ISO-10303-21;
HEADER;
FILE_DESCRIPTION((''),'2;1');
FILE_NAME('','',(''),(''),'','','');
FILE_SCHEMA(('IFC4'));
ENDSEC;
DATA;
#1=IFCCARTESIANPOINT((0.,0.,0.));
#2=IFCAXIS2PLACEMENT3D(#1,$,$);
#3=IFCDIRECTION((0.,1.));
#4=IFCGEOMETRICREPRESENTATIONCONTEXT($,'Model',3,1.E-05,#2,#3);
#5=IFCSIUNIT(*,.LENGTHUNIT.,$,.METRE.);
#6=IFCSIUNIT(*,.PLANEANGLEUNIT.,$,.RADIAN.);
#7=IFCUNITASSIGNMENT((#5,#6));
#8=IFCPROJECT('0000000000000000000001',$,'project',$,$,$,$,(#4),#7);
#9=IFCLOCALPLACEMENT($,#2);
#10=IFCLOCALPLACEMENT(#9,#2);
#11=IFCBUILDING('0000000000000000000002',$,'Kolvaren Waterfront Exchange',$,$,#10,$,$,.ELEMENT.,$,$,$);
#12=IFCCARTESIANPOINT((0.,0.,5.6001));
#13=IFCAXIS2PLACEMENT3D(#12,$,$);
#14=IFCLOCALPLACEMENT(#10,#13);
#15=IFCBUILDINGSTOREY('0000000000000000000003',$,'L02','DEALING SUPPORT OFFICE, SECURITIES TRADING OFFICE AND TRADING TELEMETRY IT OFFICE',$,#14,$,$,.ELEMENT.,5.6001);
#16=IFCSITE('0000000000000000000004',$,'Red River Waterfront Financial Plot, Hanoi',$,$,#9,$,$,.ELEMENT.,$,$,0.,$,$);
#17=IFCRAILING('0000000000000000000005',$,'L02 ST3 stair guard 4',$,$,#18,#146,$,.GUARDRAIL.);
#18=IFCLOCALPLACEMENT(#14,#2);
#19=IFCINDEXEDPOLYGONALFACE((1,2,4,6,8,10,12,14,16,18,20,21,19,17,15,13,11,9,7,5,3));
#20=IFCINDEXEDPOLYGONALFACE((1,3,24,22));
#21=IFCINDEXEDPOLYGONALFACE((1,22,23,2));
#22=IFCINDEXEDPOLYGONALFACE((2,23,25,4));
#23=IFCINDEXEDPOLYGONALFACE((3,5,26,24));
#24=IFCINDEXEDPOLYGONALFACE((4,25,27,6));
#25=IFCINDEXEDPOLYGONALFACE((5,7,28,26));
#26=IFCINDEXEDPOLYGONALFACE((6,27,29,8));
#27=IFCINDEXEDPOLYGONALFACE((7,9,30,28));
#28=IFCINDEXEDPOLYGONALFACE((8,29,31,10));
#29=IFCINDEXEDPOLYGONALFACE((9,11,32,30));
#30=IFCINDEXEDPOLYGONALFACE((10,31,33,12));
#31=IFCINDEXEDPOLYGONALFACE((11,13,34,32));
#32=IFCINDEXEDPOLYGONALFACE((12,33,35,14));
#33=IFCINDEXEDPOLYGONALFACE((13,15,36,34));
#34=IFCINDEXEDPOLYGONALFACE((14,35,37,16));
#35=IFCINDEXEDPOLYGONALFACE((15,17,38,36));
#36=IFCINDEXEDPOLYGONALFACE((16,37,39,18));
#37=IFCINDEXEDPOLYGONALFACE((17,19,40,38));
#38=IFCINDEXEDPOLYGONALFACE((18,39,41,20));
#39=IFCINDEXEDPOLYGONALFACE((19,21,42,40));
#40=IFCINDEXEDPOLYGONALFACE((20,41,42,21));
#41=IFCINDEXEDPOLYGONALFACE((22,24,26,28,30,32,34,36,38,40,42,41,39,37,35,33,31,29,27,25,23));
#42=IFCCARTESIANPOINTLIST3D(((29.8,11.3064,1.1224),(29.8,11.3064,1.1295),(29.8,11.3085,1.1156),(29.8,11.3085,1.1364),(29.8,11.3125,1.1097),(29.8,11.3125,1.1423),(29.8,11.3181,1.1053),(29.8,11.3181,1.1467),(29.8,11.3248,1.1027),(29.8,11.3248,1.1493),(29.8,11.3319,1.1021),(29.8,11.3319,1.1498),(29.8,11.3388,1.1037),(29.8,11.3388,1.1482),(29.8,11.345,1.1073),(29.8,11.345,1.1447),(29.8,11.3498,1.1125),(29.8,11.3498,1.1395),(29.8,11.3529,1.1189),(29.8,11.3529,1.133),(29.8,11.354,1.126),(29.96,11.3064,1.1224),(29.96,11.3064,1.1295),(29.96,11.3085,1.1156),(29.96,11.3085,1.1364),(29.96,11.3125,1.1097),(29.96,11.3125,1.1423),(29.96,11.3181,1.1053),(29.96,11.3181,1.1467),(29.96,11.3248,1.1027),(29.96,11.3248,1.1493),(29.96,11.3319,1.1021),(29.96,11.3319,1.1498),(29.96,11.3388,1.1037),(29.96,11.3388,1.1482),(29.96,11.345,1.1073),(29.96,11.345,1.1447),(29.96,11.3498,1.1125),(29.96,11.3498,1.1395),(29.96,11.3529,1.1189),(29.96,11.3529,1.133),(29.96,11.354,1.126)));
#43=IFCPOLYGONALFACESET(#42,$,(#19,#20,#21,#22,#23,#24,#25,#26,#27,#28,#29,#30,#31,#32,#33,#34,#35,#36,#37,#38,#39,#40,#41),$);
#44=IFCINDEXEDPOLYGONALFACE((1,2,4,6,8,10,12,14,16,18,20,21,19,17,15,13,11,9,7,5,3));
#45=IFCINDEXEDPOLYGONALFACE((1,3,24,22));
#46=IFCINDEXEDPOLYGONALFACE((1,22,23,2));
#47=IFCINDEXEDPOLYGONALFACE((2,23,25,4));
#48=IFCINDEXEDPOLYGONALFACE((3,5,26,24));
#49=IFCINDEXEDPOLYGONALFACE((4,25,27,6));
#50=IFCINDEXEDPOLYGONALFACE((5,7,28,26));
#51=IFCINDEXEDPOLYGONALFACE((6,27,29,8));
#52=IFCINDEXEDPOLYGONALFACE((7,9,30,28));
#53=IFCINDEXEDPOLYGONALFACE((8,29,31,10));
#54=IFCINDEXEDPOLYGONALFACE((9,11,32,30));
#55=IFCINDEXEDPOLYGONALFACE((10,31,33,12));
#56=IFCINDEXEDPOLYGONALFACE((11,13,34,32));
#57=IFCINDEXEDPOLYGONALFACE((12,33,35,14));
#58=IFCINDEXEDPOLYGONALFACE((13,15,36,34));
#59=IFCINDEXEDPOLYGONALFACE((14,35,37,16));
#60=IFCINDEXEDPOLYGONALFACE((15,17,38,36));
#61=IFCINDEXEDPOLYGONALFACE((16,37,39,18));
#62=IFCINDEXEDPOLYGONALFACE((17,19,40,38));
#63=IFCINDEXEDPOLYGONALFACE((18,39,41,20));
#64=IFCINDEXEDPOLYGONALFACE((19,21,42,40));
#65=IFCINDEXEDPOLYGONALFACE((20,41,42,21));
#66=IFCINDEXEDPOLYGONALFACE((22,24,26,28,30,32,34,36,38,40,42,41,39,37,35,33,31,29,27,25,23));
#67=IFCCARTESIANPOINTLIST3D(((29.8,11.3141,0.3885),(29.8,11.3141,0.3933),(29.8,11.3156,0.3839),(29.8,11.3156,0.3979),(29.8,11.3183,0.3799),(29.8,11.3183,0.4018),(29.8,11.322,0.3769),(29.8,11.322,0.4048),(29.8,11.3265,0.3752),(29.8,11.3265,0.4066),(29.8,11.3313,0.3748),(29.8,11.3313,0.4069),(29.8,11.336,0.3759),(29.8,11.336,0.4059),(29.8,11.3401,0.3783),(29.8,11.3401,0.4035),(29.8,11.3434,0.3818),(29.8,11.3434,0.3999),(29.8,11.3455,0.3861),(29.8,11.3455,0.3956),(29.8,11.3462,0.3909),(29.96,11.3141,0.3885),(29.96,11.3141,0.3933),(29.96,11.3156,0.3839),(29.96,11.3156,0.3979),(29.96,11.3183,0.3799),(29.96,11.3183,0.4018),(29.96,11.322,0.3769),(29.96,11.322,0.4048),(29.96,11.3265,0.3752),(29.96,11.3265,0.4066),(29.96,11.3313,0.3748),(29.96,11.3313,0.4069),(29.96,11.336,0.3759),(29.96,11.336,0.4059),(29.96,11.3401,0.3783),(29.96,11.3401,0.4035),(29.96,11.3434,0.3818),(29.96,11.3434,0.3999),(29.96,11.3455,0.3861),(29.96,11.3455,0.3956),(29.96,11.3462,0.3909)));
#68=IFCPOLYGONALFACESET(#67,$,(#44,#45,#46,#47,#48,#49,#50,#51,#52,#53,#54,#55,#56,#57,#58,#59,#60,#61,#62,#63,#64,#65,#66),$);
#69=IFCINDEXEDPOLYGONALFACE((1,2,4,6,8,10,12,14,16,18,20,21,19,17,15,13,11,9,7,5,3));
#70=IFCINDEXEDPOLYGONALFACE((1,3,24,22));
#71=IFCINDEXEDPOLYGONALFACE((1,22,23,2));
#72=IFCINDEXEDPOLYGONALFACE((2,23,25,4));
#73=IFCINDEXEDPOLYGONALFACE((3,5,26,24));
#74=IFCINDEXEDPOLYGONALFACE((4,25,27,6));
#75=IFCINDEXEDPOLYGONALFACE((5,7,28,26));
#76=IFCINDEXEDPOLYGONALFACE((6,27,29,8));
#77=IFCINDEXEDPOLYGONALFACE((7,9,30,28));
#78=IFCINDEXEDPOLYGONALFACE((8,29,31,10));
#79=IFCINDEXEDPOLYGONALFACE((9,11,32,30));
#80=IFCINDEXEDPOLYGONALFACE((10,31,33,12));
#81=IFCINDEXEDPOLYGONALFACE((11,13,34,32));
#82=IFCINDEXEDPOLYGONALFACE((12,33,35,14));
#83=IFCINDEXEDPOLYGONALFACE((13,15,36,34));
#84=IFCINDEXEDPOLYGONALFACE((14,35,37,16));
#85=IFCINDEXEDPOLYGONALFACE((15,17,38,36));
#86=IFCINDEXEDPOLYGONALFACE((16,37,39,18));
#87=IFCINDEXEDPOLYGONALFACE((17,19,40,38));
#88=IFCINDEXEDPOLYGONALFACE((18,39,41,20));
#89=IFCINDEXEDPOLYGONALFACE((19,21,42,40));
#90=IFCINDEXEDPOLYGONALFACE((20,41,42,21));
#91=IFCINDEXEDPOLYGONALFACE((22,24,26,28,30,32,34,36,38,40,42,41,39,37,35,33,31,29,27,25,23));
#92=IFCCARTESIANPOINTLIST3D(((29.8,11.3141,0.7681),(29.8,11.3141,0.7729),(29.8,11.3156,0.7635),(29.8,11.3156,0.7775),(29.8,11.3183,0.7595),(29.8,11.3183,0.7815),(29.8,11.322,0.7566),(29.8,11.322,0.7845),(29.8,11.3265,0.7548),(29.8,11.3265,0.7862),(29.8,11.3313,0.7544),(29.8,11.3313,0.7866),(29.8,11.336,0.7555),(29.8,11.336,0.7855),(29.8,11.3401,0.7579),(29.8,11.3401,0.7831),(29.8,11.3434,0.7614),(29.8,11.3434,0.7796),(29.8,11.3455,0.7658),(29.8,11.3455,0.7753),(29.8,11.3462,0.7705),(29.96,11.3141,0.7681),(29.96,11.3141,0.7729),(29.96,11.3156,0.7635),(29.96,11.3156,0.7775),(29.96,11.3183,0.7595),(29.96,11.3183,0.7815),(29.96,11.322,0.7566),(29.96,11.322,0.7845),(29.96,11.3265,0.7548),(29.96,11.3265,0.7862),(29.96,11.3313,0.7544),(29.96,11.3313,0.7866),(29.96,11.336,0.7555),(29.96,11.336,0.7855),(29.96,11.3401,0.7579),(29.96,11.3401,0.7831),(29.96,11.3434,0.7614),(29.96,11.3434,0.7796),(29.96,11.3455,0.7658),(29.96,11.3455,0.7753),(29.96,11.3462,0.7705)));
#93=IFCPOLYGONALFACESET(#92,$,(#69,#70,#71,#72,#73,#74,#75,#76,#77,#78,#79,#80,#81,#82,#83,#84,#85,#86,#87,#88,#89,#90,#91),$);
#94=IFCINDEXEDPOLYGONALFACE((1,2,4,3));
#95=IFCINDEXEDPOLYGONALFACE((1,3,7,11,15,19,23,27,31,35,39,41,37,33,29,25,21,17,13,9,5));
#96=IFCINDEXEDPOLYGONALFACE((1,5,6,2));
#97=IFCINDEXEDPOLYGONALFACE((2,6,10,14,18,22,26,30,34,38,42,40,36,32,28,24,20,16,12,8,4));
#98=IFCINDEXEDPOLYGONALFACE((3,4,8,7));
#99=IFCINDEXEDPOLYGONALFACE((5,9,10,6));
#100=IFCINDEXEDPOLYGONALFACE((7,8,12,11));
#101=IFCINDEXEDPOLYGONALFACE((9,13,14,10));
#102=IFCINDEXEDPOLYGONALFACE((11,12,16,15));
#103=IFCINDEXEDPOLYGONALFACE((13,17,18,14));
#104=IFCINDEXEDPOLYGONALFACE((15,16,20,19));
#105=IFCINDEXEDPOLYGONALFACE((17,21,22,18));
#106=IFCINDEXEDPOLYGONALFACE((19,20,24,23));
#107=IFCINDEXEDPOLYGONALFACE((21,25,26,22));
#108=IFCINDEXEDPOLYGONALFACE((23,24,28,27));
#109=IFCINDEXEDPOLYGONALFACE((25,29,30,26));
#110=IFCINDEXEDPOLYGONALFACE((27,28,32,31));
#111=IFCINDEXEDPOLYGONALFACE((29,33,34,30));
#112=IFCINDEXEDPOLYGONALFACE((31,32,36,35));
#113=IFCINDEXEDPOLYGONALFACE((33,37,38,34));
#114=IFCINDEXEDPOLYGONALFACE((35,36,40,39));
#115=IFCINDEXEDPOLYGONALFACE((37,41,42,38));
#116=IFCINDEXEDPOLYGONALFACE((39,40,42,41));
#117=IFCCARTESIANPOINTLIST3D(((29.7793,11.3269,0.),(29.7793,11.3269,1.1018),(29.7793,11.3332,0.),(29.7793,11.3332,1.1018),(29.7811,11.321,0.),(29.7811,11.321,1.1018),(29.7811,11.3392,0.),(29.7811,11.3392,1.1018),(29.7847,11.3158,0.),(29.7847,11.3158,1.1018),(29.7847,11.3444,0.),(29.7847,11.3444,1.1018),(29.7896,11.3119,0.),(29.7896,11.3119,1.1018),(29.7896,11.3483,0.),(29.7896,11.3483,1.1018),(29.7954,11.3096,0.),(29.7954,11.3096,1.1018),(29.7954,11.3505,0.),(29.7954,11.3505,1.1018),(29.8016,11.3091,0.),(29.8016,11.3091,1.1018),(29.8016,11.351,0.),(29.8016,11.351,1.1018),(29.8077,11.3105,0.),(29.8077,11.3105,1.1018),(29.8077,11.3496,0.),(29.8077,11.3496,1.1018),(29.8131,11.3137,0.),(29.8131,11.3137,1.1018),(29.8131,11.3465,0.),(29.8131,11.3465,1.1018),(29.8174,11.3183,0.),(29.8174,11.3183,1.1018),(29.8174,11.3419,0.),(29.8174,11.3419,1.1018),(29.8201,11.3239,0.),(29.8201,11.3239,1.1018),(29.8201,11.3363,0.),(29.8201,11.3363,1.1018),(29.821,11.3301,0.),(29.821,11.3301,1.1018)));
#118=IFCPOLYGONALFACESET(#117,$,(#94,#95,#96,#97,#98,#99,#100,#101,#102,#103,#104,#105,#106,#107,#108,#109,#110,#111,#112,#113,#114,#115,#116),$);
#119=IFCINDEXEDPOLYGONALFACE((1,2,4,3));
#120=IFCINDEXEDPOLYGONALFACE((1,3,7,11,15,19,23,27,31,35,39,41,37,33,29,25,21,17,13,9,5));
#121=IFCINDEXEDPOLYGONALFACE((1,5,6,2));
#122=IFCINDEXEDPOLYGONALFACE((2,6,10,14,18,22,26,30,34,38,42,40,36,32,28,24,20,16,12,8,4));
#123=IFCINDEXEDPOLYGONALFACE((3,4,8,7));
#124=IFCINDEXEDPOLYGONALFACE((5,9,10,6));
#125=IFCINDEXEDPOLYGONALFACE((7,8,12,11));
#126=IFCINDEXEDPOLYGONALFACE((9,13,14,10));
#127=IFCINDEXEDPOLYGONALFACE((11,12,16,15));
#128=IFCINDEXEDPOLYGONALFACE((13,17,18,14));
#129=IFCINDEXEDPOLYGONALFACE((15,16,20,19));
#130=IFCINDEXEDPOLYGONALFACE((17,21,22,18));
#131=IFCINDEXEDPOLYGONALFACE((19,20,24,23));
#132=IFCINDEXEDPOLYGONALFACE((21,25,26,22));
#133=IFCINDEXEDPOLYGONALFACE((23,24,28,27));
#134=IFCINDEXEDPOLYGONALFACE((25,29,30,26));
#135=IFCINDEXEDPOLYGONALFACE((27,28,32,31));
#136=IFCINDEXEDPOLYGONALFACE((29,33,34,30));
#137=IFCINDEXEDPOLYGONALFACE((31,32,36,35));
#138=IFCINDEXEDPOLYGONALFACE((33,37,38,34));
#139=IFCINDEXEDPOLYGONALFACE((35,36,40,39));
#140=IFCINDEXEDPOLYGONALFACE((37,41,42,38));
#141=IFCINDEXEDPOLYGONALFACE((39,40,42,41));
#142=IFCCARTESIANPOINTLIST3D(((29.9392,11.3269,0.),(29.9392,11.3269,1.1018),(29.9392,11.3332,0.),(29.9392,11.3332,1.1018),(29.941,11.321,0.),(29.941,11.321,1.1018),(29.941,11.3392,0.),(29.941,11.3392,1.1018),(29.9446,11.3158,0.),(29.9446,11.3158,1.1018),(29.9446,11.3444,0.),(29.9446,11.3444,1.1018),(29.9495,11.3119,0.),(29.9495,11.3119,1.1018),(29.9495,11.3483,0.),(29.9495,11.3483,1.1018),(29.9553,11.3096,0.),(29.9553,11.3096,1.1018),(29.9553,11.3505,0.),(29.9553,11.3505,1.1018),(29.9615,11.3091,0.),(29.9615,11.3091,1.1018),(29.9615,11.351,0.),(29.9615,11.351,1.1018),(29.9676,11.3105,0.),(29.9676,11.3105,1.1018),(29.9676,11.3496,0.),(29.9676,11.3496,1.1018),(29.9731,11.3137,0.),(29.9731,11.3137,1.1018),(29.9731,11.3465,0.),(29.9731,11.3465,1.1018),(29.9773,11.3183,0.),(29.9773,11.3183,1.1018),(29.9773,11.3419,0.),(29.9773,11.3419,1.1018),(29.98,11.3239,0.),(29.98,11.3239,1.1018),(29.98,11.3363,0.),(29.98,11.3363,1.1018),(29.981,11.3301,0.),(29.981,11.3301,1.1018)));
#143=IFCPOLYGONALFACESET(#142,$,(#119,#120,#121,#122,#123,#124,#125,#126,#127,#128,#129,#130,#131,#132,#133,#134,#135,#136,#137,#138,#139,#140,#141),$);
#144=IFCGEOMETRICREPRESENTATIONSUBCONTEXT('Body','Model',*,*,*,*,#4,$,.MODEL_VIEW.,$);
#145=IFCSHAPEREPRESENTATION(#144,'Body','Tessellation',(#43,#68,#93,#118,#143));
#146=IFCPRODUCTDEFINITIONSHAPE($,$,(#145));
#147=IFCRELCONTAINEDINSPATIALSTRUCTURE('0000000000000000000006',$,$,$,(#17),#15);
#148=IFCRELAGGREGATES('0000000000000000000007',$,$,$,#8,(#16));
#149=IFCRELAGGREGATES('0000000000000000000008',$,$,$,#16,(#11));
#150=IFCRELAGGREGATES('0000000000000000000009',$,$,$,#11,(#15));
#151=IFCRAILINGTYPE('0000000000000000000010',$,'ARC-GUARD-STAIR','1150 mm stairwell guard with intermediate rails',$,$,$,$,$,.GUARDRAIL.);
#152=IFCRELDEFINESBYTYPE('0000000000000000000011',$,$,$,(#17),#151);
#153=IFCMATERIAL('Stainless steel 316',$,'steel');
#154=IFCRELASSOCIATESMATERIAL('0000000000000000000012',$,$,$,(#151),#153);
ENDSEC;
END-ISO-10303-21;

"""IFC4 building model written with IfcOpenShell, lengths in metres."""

from ifc_helpers import new_model, si_unit, direction, frame, origin, origin_2d, place, context, subcontext, project, spatial, circle, extrude, material, type_object, element, save


model = new_model("IFC4")

# Units and contexts
model_context = context("Model", 3, precision=1e-05, world=origin(), true_north=direction((0.0, 1.0)))
body_context = subcontext(model_context, "Body", "Model", "MODEL_VIEW")
ifc_project = project(units=[si_unit("LENGTHUNIT", "METRE"), si_unit("PLANEANGLEUNIT", "RADIAN")], contexts=[model_context])

# Site, building, storey
site_placement = place(None, origin())
site = spatial("IfcSite", under=ifc_project, at=site_placement, Name="Red River Waterfront Financial Plot, Hanoi", CompositionType="ELEMENT", RefElevation=0.0)
building_placement = place(site_placement, origin())
building = spatial("IfcBuilding", under=site, at=building_placement, Name="Kolvaren Waterfront Exchange", CompositionType="ELEMENT")
storey_placement = place(building_placement, frame((0.0, 0.0, 5.6001)))
storey = spatial("IfcBuildingStorey", under=building, at=storey_placement, Name="L02", Description="DEALING SUPPORT OFFICE, SECURITIES TRADING OFFICE AND TRADING TELEMETRY IT OFFICE", CompositionType="ELEMENT", Elevation=5.6001)

# Railing
ifc_material_1 = material(Name="Stainless steel 316", Category="steel")
railing_type_1 = type_object("IfcRailingType", Name="ARC-GUARD-STAIR", Description="1150 mm stairwell guard with intermediate rails", PredefinedType="GUARDRAIL", material=ifc_material_1)
railing_placement = place(storey_placement, frame((29.8, 11.3301, 0.0)))
element("IfcRailing", 1, at=railing_placement, inside=storey, type_object=railing_type_1, Name="L02 ST3 stair guard 4", PredefinedType="GUARDRAIL", context=body_context, shape_type="SweptSolid", body=[
    extrude(circle(Radius=0.0239, at=origin_2d()), frame((0.0, 0.0, 1.126), z_axis=(1.0, 0.0, 0.0), x_axis=(0.0, 1.0, 0.0)), (0.0, 0.0, 1.0), 0.1599),
    extrude(circle(Radius=0.0161, at=origin_2d()), frame((0.0, 0.0, 0.3909), z_axis=(1.0, 0.0, 0.0), x_axis=(0.0, 1.0, 0.0)), (0.0, 0.0, 1.0), 0.1599),
    extrude(circle(Radius=0.0161, at=origin_2d()), frame((0.0, 0.0, 0.7705), z_axis=(1.0, 0.0, 0.0), x_axis=(0.0, 1.0, 0.0)), (0.0, 0.0, 1.0), 0.1599),
    extrude(circle(Radius=0.021, at=origin_2d()), origin(), (0.0, 0.0, 1.0), 1.1018),
    extrude(circle(Radius=0.021, at=origin_2d()), frame((0.1599, 0.0, 0.0)), (0.0, 0.0, 1.0), 1.1018),
])

save(model, "model.ifc")
